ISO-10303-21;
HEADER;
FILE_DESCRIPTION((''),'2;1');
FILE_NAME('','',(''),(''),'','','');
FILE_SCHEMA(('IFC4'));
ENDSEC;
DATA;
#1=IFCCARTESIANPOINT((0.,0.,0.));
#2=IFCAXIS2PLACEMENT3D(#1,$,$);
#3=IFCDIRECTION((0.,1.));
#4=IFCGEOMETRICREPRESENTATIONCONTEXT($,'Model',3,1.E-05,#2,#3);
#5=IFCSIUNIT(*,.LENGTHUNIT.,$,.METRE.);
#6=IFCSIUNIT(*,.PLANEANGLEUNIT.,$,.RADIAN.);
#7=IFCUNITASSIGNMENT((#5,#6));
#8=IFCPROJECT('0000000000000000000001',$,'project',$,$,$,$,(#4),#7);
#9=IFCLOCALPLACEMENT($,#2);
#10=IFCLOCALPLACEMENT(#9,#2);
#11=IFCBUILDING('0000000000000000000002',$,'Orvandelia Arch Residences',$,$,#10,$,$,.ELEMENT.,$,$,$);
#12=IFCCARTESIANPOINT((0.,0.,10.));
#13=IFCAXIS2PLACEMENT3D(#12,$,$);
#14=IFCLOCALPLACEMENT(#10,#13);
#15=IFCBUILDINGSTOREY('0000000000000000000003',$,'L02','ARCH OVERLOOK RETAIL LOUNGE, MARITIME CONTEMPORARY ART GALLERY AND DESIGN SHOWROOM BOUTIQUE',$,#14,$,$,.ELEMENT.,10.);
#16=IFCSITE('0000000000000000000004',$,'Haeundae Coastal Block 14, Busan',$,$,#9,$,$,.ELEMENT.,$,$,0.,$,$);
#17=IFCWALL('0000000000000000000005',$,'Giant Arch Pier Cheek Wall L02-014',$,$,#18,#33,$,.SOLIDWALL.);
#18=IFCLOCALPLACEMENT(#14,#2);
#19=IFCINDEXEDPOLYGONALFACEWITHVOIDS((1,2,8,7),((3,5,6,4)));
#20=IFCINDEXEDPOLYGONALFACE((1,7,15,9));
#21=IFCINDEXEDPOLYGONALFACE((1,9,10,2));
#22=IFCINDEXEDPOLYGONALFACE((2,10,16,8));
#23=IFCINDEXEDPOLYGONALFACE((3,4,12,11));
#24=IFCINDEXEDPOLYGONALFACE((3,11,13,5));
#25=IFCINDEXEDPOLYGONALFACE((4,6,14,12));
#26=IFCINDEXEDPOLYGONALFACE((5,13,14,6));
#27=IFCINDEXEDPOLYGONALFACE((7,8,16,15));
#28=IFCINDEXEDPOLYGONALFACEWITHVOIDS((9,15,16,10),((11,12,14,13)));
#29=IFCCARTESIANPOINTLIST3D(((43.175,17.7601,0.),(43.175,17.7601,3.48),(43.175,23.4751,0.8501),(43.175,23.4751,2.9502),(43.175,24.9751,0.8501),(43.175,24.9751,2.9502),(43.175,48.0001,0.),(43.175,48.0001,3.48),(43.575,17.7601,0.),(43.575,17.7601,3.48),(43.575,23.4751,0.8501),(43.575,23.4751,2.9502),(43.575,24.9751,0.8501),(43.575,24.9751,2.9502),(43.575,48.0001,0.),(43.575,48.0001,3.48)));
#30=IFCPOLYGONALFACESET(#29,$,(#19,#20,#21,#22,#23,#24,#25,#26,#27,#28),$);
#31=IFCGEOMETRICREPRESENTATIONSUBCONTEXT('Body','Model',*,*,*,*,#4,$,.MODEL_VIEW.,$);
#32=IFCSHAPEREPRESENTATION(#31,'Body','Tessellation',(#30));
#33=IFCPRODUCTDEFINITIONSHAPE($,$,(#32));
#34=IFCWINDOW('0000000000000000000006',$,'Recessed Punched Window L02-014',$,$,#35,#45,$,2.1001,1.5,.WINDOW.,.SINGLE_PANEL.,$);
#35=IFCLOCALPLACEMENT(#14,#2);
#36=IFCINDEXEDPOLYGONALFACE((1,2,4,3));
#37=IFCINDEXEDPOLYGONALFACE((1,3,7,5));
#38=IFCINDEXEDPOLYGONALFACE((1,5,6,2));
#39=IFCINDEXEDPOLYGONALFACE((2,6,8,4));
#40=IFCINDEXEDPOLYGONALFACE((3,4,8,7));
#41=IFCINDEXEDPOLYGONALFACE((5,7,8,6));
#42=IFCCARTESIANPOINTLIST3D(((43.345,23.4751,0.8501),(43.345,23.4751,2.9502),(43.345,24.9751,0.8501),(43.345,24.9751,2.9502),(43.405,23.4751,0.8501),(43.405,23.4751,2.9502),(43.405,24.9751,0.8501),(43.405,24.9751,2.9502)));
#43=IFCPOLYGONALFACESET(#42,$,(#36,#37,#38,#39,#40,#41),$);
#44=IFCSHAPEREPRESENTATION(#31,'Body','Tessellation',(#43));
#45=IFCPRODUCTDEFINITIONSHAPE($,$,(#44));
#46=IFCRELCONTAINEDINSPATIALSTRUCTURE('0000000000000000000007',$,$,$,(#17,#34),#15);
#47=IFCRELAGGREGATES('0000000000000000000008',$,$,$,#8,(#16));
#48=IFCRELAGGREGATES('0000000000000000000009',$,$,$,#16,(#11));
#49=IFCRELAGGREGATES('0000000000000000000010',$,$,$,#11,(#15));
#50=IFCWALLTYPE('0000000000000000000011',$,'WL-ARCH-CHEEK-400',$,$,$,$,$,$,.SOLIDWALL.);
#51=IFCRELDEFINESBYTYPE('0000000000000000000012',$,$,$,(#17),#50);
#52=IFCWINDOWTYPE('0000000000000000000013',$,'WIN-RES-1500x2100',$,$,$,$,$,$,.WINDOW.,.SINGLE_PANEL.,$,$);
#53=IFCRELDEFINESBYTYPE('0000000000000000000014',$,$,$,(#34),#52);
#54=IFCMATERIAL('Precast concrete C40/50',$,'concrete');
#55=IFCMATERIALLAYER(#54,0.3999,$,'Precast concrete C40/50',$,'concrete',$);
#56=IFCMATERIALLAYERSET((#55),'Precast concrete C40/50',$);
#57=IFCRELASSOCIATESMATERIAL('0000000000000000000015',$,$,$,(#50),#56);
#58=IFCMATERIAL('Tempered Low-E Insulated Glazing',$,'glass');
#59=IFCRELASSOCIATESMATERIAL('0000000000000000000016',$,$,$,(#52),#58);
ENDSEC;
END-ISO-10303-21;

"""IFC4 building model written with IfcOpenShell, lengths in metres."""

from ifc_helpers import new_model, si_unit, direction, frame, frame_2d, origin, place, context, subcontext, project, spatial, rectangle, extrude, material, layer, layer_set, type_object, element, fill, save


model = new_model("IFC4")

# Units and contexts
model_context = context("Model", 3, precision=1e-05, world=origin(), true_north=direction((0.0, 1.0)))
body_context = subcontext(model_context, "Body", "Model", "MODEL_VIEW")
ifc_project = project(units=[si_unit("LENGTHUNIT", "METRE"), si_unit("PLANEANGLEUNIT", "RADIAN")], contexts=[model_context])

# Site, building, storey
site_placement = place(None, origin())
site = spatial("IfcSite", under=ifc_project, at=site_placement, Name="Haeundae Coastal Block 14, Busan", CompositionType="ELEMENT", RefElevation=0.0)
building_placement = place(site_placement, origin())
building = spatial("IfcBuilding", under=site, at=building_placement, Name="Orvandelia Arch Residences", CompositionType="ELEMENT")
storey_placement = place(building_placement, frame((0.0, 0.0, 10.0)))
storey = spatial("IfcBuildingStorey", under=building, at=storey_placement, Name="L02", Description="ARCH OVERLOOK RETAIL LOUNGE, MARITIME CONTEMPORARY ART GALLERY AND DESIGN SHOWROOM BOUTIQUE", CompositionType="ELEMENT", Elevation=10.0)

# Wall, opening, window
ifc_material_1 = material(Name="Precast concrete C40/50", Category="concrete")
ifc_layer_1 = layer(ifc_material_1, 0.3999, Name="Precast concrete C40/50", Category="concrete")
ifc_layer_set_1 = layer_set([ifc_layer_1], Name="Precast concrete C40/50")
wall_type = type_object("IfcWallType", Name="WL-ARCH-CHEEK-400", PredefinedType="SOLIDWALL", material=ifc_layer_set_1)
ifc_material_2 = material(Name="Tempered Low-E Insulated Glazing", Category="glass")
window_type = type_object("IfcWindowType", Name="WIN-RES-1500x2100", PartitioningType="SINGLE_PANEL", PredefinedType="WINDOW", material=ifc_material_2)
wall_1_placement = place(storey_placement, frame((43.375, 17.76, 0.0), z_axis=(0.0, 0.0, 1.0), x_axis=(0.0, 1.0, 0.0)))
wall_1 = element("IfcWall", 1, at=wall_1_placement, inside=storey, type_object=wall_type, Name="Giant Arch Pier Cheek Wall L02-014", PredefinedType="SOLIDWALL", context=body_context, shape_type="SweptSolid", body=[
    extrude(rectangle(XDim=30.24, YDim=0.3999, at=frame_2d((15.1201, 0.0))), origin(), (0.0, 0.0, 1.0), 3.48),
])
opening_1_placement = place(wall_1_placement, frame((5.7151, 0.0, 0.8501)))
opening_1 = element("IfcOpeningElement", 2, at=opening_1_placement, cuts=wall_1, PredefinedType="OPENING", context=body_context, shape_type="SweptSolid", body=[
    extrude(rectangle(XDim=1.5, YDim=2.1001, at=frame_2d((0.75, 1.05))), frame((0.0, 0.21, 0.0), z_axis=(0.0, -1.0, 0.0), x_axis=(1.0, 0.0, 0.0)), (0.0, 0.0, 1.0), 0.4199),
])
window_1_placement = place(opening_1_placement, origin())
window_1 = element("IfcWindow", 3, at=window_1_placement, inside=storey, type_object=window_type, Name="Recessed Punched Window L02-014", OverallHeight=2.1001, OverallWidth=1.5, PartitioningType="SINGLE_PANEL", PredefinedType="WINDOW", context=body_context, shape_type="SweptSolid", body=[
    extrude(rectangle(XDim=1.5, YDim=2.1001, at=frame_2d((0.75, 1.05))), frame((0.0, 0.03, 0.0), z_axis=(0.0, -1.0, 0.0), x_axis=(1.0, 0.0, 0.0)), (0.0, 0.0, 1.0), 0.0601),
])
fill(opening_1, window_1)

save(model, "model.ifc")
